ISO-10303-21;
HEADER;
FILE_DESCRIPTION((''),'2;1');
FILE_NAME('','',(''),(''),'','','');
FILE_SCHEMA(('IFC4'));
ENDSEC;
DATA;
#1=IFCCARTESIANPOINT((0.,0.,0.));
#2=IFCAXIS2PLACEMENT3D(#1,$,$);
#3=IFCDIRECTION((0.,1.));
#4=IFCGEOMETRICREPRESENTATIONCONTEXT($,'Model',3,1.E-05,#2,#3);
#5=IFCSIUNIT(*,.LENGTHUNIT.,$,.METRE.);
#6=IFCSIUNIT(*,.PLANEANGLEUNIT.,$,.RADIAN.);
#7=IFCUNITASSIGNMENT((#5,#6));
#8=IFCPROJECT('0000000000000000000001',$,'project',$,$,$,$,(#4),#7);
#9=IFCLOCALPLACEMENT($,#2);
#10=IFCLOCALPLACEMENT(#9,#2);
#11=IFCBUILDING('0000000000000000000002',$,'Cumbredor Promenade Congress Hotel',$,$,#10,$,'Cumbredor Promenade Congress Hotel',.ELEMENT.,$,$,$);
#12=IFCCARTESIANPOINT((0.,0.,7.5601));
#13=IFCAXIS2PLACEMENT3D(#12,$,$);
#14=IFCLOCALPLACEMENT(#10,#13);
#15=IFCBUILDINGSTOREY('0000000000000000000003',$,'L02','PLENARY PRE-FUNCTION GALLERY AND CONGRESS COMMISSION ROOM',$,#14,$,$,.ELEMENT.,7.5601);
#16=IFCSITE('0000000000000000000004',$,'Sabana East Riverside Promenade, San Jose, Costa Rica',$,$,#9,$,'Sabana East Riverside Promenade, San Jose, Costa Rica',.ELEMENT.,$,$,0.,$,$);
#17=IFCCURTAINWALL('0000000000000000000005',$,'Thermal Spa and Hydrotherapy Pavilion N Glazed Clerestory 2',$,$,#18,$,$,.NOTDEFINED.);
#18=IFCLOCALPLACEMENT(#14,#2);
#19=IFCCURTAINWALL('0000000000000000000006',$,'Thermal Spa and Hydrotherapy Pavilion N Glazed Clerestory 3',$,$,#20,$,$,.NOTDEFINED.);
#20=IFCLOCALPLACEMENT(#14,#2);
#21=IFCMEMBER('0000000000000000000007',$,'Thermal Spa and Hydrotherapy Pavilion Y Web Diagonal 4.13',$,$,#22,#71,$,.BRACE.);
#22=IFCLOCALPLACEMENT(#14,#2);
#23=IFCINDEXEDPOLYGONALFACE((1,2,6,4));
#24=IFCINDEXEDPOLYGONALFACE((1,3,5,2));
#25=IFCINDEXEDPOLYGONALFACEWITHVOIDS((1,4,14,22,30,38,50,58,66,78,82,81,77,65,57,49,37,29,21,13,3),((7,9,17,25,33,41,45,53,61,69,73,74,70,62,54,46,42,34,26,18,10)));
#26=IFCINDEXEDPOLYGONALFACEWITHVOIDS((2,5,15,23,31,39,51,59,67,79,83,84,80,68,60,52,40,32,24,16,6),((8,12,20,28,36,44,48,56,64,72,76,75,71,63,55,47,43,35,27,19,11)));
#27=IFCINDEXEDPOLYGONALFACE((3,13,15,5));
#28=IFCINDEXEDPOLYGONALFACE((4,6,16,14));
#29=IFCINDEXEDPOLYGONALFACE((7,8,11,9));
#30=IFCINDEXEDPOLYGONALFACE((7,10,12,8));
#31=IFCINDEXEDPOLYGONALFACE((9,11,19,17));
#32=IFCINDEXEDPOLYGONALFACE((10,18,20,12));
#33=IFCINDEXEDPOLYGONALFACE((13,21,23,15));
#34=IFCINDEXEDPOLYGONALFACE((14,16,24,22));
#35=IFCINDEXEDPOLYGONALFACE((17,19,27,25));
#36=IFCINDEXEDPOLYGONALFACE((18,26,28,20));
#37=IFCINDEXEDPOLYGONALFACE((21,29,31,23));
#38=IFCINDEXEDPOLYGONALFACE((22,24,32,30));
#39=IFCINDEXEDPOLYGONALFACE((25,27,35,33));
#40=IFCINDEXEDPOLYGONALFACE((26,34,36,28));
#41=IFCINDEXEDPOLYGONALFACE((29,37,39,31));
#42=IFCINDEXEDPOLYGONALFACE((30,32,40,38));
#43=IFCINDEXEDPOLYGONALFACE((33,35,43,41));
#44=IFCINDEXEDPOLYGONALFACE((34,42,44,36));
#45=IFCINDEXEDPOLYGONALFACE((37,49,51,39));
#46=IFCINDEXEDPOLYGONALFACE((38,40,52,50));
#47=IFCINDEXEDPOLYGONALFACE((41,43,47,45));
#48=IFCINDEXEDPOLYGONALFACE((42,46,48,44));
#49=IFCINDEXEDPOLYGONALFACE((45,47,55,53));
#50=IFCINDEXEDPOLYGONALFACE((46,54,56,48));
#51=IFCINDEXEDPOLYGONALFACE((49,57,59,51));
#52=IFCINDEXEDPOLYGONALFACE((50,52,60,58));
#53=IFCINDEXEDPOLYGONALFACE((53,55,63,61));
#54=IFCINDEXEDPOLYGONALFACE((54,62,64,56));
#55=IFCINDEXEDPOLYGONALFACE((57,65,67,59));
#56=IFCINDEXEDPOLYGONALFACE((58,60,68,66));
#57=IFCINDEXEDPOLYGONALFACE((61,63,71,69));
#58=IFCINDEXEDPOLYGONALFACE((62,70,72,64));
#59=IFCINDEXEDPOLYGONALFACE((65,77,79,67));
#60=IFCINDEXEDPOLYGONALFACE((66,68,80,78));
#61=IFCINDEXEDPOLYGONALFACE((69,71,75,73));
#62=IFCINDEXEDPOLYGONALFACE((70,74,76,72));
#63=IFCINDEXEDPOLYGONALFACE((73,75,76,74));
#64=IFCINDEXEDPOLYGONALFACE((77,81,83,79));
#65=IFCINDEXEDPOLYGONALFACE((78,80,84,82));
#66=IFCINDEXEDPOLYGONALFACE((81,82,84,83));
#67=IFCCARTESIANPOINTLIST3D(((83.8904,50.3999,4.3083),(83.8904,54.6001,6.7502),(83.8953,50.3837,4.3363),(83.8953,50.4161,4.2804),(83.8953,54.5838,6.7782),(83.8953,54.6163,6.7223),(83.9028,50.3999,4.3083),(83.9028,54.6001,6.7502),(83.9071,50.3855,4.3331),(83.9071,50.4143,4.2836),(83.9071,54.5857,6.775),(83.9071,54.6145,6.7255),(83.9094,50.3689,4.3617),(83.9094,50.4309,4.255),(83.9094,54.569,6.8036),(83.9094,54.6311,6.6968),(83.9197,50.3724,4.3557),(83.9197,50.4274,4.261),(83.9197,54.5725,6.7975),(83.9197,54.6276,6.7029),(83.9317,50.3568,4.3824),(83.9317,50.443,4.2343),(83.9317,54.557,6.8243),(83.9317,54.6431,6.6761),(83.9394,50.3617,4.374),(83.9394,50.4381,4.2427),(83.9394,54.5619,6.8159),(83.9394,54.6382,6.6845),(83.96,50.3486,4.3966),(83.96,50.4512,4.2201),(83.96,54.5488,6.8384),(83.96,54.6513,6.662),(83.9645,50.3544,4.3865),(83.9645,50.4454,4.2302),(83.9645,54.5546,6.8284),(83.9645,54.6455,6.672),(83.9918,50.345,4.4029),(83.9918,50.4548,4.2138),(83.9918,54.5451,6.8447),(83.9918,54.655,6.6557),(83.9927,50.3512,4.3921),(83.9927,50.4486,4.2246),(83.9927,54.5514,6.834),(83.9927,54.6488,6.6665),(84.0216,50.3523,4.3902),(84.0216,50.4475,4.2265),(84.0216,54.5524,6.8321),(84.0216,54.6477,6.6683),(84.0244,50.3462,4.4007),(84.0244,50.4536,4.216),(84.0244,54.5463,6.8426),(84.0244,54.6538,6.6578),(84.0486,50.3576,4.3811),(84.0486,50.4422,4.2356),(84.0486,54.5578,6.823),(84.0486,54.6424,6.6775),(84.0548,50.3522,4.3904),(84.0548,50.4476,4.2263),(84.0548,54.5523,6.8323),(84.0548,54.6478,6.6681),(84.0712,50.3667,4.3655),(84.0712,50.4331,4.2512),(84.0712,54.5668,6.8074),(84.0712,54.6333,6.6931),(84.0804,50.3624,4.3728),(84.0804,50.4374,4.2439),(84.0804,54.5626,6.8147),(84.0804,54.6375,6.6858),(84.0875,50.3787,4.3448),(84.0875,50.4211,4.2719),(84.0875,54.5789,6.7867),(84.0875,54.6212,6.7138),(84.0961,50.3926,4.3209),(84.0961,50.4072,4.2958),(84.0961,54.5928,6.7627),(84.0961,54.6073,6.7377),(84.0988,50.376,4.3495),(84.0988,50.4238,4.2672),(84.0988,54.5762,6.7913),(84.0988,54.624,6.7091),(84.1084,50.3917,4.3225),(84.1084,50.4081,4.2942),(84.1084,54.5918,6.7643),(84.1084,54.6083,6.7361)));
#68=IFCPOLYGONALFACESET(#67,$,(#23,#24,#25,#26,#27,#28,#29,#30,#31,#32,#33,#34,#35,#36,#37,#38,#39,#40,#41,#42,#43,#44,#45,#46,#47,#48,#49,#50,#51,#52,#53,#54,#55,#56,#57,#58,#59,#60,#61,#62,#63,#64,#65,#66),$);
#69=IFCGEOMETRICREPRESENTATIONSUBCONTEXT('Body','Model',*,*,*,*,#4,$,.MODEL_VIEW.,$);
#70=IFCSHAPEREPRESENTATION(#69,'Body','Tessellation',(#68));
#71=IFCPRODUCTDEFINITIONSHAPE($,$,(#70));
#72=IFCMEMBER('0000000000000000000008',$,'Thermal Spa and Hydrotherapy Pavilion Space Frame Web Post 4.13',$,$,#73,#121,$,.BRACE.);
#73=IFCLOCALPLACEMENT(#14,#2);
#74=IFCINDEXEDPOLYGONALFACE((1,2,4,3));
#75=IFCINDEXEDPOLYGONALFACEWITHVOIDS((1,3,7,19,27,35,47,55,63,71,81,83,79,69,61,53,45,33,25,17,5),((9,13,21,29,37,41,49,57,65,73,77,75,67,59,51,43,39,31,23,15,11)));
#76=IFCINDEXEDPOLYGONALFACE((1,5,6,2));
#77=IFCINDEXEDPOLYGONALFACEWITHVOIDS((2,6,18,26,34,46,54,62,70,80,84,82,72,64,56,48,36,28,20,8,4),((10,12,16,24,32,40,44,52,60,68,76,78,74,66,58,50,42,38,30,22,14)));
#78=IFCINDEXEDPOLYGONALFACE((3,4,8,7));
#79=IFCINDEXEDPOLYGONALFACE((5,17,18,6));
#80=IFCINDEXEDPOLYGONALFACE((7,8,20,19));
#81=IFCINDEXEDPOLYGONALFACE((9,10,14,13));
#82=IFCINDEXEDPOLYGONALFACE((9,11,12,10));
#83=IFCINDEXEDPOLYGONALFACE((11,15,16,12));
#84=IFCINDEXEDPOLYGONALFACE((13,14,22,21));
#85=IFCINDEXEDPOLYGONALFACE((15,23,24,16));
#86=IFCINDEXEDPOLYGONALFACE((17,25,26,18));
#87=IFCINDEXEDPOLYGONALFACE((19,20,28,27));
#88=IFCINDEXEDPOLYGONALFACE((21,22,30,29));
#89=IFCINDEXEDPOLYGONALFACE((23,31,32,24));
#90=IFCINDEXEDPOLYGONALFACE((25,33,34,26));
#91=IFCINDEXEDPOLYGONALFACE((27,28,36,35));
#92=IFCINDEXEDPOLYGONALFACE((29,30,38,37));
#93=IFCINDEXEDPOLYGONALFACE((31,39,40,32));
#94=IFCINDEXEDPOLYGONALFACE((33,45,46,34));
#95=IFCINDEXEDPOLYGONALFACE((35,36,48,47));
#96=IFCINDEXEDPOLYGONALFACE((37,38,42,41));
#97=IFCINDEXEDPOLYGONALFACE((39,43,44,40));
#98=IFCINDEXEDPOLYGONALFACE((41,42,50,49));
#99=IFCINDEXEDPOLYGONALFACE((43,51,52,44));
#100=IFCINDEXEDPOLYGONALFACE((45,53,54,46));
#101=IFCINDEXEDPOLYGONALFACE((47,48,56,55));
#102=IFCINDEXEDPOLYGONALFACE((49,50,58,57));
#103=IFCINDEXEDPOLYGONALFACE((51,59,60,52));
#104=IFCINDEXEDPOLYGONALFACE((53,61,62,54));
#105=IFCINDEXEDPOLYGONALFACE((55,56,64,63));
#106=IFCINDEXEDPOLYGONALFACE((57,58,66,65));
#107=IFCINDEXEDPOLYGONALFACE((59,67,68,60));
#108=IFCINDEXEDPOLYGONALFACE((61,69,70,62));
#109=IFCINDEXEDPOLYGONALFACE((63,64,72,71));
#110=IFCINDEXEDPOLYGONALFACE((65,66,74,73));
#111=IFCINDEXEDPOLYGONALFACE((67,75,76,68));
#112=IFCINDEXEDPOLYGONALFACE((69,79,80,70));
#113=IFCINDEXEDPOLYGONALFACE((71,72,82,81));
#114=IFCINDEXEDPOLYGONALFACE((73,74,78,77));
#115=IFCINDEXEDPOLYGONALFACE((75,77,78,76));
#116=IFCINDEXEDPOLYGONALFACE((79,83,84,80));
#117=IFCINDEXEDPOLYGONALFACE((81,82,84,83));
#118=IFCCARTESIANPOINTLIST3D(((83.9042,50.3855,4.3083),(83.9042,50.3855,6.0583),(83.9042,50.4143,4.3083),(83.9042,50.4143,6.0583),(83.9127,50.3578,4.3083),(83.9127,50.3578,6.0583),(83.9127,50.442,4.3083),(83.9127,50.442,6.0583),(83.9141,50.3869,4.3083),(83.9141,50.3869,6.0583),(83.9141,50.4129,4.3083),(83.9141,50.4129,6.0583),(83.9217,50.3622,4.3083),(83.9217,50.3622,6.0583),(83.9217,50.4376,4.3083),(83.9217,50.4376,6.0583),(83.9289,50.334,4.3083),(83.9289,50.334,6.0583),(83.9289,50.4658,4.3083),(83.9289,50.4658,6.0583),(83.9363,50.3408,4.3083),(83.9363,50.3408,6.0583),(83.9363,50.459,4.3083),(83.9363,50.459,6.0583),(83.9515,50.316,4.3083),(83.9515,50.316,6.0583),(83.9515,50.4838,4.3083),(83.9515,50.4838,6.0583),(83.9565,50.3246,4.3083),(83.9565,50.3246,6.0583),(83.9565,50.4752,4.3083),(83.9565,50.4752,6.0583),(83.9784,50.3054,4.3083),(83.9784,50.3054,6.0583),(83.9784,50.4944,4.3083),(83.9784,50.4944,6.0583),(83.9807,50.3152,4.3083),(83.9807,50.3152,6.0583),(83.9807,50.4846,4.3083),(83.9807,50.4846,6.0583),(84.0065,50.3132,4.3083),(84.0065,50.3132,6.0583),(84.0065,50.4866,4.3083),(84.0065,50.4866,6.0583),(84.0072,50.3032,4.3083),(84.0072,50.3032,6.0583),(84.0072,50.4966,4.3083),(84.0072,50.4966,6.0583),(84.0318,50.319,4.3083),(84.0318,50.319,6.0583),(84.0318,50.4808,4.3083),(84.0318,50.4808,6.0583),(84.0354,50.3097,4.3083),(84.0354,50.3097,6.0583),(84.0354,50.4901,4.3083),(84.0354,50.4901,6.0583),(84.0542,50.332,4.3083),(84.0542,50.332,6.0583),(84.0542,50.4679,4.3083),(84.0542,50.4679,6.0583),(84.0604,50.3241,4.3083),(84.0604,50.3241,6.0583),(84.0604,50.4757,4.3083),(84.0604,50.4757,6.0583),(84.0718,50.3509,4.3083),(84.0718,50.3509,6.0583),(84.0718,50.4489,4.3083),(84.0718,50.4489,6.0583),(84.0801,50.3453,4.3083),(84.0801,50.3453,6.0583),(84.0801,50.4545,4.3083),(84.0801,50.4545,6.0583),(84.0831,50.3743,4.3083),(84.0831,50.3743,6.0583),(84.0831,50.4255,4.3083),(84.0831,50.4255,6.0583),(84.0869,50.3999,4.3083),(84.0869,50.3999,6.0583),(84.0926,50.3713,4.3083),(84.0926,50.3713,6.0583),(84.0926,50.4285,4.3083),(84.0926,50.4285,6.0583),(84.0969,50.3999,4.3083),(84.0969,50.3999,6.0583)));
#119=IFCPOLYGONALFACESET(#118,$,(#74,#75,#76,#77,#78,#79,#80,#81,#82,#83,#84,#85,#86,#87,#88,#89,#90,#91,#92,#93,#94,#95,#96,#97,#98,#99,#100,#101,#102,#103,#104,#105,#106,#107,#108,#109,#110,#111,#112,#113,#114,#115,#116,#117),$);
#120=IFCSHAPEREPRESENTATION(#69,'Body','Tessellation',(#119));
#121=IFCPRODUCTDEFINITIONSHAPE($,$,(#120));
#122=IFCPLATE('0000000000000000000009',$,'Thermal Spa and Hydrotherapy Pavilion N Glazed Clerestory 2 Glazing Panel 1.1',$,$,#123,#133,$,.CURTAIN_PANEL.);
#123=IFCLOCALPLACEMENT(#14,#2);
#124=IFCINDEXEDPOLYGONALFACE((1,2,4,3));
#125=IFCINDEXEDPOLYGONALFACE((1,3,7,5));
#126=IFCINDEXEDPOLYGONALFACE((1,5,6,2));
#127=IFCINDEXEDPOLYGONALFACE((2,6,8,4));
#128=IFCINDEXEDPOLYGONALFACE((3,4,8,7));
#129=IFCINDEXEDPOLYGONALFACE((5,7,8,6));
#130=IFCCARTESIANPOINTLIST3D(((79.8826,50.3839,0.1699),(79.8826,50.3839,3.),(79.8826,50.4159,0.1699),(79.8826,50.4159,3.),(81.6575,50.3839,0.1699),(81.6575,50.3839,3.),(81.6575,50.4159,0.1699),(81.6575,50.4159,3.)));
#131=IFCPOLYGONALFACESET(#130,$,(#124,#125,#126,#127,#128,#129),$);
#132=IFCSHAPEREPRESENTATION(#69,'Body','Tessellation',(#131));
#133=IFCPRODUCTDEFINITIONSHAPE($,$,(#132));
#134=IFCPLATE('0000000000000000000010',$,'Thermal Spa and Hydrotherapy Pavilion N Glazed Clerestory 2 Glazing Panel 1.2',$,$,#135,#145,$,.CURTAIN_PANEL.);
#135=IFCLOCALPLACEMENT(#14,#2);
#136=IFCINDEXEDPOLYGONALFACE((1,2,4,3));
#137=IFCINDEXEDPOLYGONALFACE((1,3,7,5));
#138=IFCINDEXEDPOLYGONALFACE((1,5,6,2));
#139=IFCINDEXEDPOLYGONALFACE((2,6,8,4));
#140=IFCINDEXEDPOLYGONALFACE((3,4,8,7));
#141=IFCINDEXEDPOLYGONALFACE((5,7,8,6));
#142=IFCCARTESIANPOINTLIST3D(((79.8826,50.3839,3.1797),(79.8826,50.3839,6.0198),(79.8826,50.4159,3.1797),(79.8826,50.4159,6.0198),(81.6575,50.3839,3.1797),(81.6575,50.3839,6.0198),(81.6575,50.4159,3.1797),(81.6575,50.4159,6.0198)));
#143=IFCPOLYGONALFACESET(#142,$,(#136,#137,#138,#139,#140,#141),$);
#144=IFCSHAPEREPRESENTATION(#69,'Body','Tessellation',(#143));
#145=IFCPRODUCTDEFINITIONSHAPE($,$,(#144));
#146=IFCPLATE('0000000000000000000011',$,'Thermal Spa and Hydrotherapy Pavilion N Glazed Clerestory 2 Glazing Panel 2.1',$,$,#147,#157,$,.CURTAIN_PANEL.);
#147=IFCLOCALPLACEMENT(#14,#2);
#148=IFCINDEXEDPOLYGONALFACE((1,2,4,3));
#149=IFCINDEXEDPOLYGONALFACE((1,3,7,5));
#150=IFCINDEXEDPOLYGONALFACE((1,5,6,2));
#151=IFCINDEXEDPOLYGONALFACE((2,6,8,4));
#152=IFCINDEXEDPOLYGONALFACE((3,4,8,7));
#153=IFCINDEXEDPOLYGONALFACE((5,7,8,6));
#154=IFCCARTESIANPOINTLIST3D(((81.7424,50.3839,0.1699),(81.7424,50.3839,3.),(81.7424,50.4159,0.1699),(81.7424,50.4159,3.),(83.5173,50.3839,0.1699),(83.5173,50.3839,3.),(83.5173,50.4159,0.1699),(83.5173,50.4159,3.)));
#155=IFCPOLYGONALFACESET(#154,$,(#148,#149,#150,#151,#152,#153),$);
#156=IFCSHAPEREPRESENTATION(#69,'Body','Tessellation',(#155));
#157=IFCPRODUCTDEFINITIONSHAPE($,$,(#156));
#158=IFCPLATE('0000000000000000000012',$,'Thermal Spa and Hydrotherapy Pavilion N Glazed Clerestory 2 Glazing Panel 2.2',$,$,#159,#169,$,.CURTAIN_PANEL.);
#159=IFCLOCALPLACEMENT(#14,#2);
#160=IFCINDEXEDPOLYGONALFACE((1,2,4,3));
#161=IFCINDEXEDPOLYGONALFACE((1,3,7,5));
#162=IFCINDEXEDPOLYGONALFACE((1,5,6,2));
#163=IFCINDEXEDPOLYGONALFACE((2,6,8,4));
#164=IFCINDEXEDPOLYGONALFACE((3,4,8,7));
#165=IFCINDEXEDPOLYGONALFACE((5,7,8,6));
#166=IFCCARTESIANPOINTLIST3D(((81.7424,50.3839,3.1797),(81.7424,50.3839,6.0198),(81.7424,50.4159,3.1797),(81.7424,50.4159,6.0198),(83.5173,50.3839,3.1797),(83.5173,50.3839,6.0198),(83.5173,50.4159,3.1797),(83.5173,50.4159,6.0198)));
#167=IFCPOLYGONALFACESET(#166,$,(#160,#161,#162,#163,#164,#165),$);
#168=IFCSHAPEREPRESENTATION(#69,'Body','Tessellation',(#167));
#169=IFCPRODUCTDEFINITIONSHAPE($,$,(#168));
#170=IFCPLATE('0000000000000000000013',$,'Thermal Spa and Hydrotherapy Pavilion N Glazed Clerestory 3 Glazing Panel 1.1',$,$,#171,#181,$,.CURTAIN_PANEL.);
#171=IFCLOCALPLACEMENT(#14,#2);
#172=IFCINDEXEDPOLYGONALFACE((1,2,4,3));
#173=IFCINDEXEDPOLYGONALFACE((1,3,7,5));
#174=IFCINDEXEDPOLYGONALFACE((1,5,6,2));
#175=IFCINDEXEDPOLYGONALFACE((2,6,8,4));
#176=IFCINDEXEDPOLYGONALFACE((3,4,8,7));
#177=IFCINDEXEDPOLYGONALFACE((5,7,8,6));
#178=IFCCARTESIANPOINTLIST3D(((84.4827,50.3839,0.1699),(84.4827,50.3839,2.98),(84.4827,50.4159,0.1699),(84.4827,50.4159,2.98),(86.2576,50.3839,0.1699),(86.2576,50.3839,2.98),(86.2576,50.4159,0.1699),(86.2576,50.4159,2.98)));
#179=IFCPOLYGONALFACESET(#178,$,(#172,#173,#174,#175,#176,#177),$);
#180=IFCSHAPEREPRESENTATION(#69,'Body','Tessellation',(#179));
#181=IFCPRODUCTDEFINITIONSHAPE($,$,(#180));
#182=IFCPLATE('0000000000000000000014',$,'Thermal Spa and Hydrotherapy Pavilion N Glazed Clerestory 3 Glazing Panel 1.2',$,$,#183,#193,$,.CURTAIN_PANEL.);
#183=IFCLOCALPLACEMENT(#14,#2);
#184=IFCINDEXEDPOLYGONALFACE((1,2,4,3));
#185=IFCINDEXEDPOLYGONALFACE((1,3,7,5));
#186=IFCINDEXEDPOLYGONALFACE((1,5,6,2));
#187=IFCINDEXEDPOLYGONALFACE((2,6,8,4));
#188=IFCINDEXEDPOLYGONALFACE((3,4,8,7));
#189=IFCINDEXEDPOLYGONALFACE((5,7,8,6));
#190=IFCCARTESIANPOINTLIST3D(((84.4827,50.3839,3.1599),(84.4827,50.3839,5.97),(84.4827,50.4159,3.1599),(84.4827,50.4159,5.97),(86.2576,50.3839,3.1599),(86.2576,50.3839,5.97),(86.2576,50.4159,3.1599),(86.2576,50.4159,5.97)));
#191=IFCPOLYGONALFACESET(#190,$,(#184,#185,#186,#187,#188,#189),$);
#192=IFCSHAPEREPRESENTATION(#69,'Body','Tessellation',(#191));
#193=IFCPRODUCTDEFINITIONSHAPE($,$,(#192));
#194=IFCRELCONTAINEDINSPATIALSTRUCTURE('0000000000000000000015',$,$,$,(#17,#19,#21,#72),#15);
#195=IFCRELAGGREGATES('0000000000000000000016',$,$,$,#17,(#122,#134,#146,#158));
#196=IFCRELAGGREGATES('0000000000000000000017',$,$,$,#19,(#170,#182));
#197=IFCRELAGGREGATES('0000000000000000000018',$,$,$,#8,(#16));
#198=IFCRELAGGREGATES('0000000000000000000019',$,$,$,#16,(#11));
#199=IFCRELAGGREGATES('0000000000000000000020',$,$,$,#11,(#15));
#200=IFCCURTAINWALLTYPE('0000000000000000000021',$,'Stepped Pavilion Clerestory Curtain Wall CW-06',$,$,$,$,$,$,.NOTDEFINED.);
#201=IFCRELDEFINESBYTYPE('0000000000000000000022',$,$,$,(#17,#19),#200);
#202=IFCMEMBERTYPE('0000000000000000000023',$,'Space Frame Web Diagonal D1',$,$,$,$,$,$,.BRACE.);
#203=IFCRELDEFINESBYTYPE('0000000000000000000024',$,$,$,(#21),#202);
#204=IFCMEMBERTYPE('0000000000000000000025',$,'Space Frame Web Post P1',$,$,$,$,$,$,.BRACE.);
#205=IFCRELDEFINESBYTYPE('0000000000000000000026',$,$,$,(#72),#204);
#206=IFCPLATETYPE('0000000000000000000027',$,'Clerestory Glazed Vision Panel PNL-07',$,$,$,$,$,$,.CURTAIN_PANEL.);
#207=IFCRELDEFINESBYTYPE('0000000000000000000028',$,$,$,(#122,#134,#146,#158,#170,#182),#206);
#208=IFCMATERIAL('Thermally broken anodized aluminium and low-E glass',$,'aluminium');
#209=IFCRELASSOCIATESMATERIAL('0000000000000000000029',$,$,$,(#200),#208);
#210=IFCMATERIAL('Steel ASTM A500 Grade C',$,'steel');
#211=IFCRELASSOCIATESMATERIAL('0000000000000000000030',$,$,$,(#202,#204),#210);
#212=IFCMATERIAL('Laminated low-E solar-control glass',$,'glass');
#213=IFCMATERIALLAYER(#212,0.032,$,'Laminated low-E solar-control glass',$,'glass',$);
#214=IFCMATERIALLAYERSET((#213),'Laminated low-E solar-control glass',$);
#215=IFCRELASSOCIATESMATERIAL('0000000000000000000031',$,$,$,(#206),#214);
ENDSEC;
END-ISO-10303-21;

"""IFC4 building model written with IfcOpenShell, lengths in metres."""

from ifc_helpers import new_model, si_unit, direction, frame, origin, origin_2d, place, context, subcontext, project, spatial, rectangle, hollow_circle, extrude, material, layer, layer_set, material_profile, profile_set, type_object, element, aggregate, save


model = new_model("IFC4")

# Units and contexts
model_context = context("Model", 3, precision=1e-05, world=origin(), true_north=direction((0.0, 1.0)))
body_context = subcontext(model_context, "Body", "Model", "MODEL_VIEW")
ifc_project = project(units=[si_unit("LENGTHUNIT", "METRE"), si_unit("PLANEANGLEUNIT", "RADIAN")], contexts=[model_context])

# Site, building, storey
site_placement = place(None, origin())
site = spatial("IfcSite", under=ifc_project, at=site_placement, Name="Sabana East Riverside Promenade, San Jose, Costa Rica", LongName="Sabana East Riverside Promenade, San Jose, Costa Rica", CompositionType="ELEMENT", RefElevation=0.0)
building_placement = place(site_placement, origin())
building = spatial("IfcBuilding", under=site, at=building_placement, Name="Cumbredor Promenade Congress Hotel", LongName="Cumbredor Promenade Congress Hotel", CompositionType="ELEMENT")
storey_placement = place(building_placement, frame((0.0, 0.0, 7.5601)))
storey = spatial("IfcBuildingStorey", under=building, at=storey_placement, Name="L02", Description="PLENARY PRE-FUNCTION GALLERY AND CONGRESS COMMISSION ROOM", CompositionType="ELEMENT", Elevation=7.5601)

# Curtain walls
ifc_material_1 = material(Name="Thermally broken anodized aluminium and low-E glass", Category="aluminium")
curtain_wall_type = type_object("IfcCurtainWallType", Name="Stepped Pavilion Clerestory Curtain Wall CW-06", PredefinedType="NOTDEFINED", material=ifc_material_1)
curtain_wall_1_placement = place(storey_placement, origin())
curtain_wall_1 = element("IfcCurtainWall", 1, at=curtain_wall_1_placement, inside=storey, type_object=curtain_wall_type, Name="Thermal Spa and Hydrotherapy Pavilion N Glazed Clerestory 2", PredefinedType="NOTDEFINED")
curtain_wall_2_placement = place(storey_placement, origin())
curtain_wall_2 = element("IfcCurtainWall", 2, at=curtain_wall_2_placement, inside=storey, type_object=curtain_wall_type, Name="Thermal Spa and Hydrotherapy Pavilion N Glazed Clerestory 3", PredefinedType="NOTDEFINED")

# Members
ifc_material_2 = material(Name="Steel ASTM A500 Grade C", Category="steel")
ifc_material_profile_1 = material_profile(ifc_material_2, hollow_circle(Radius=0.1096, WallThickness=0.0125, at=origin_2d()), Name="CHS 219.1x12.5")
ifc_profile_set_1 = profile_set([ifc_material_profile_1], Name="Steel ASTM A500 Grade C")
member_type_1 = type_object("IfcMemberType", Name="Space Frame Web Diagonal D1", PredefinedType="BRACE", material=ifc_profile_set_1)
member_1_placement = place(storey_placement, frame((84.0, 50.3999, 4.3083), z_axis=(0.0, 0.864514, 0.502608), x_axis=(-1.0, 0.0, 0.0)))
element("IfcMember", 3, at=member_1_placement, inside=storey, type_object=member_type_1, Name="Thermal Spa and Hydrotherapy Pavilion Y Web Diagonal 4.13", PredefinedType="BRACE", context=body_context, shape_type="SweptSolid", body=[
    extrude(hollow_circle(Radius=0.1096, WallThickness=0.0125, at=origin_2d()), origin(), (0.0, 0.0, 1.0), 4.8584),
])
ifc_material_profile_2 = material_profile(ifc_material_2, hollow_circle(Radius=0.0969, WallThickness=0.01, at=origin_2d()), Name="CHS 193.7x10")
ifc_profile_set_2 = profile_set([ifc_material_profile_2], Name="Steel ASTM A500 Grade C")
member_type_2 = type_object("IfcMemberType", Name="Space Frame Web Post P1", PredefinedType="BRACE", material=ifc_profile_set_2)
member_2_placement = place(storey_placement, frame((84.0, 50.3999, 4.3083), z_axis=(0.0, 0.0, 1.0), x_axis=(1.0, 0.0, 0.0)))
element("IfcMember", 4, at=member_2_placement, inside=storey, type_object=member_type_2, Name="Thermal Spa and Hydrotherapy Pavilion Space Frame Web Post 4.13", PredefinedType="BRACE", context=body_context, shape_type="SweptSolid", body=[
    extrude(hollow_circle(Radius=0.0969, WallThickness=0.01, at=origin_2d()), origin(), (0.0, 0.0, 1.0), 1.75),
])

# Plates
ifc_material_3 = material(Name="Laminated low-E solar-control glass", Category="glass")
ifc_layer_1 = layer(ifc_material_3, 0.032, Name="Laminated low-E solar-control glass", Category="glass")
ifc_layer_set_1 = layer_set([ifc_layer_1], Name="Laminated low-E solar-control glass")
plate_type_1 = type_object("IfcPlateType", Name="Clerestory Glazed Vision Panel PNL-07", PredefinedType="CURTAIN_PANEL", material=ifc_layer_set_1)
plate_1_placement = place(storey_placement, frame((80.77, 50.3999, 0.1699), z_axis=(0.0, 0.0, 1.0), x_axis=(1.0, 0.0, 0.0)))
plate_1 = element("IfcPlate", 5, at=plate_1_placement, type_object=plate_type_1, Name="Thermal Spa and Hydrotherapy Pavilion N Glazed Clerestory 2 Glazing Panel 1.1", PredefinedType="CURTAIN_PANEL", context=body_context, shape_type="SweptSolid", body=[
    extrude(rectangle(XDim=1.7749, YDim=0.032, at=origin_2d()), origin(), (0.0, 0.0, 1.0), 2.8301),
])
plate_2_placement = place(storey_placement, frame((80.77, 50.3999, 3.1797), z_axis=(0.0, 0.0, 1.0), x_axis=(1.0, 0.0, 0.0)))
plate_2 = element("IfcPlate", 6, at=plate_2_placement, type_object=plate_type_1, Name="Thermal Spa and Hydrotherapy Pavilion N Glazed Clerestory 2 Glazing Panel 1.2", PredefinedType="CURTAIN_PANEL", context=body_context, shape_type="SweptSolid", body=[
    extrude(rectangle(XDim=1.7749, YDim=0.032, at=origin_2d()), origin(), (0.0, 0.0, 1.0), 2.8401),
])
plate_3_placement = place(storey_placement, frame((82.6299, 50.3999, 0.1699), z_axis=(0.0, 0.0, 1.0), x_axis=(1.0, 0.0, 0.0)))
plate_3 = element("IfcPlate", 7, at=plate_3_placement, type_object=plate_type_1, Name="Thermal Spa and Hydrotherapy Pavilion N Glazed Clerestory 2 Glazing Panel 2.1", PredefinedType="CURTAIN_PANEL", context=body_context, shape_type="SweptSolid", body=[
    extrude(rectangle(XDim=1.7749, YDim=0.032, at=origin_2d()), origin(), (0.0, 0.0, 1.0), 2.8301),
])
plate_4_placement = place(storey_placement, frame((82.6299, 50.3999, 3.1797), z_axis=(0.0, 0.0, 1.0), x_axis=(1.0, 0.0, 0.0)))
plate_4 = element("IfcPlate", 8, at=plate_4_placement, type_object=plate_type_1, Name="Thermal Spa and Hydrotherapy Pavilion N Glazed Clerestory 2 Glazing Panel 2.2", PredefinedType="CURTAIN_PANEL", context=body_context, shape_type="SweptSolid", body=[
    extrude(rectangle(XDim=1.7749, YDim=0.032, at=origin_2d()), origin(), (0.0, 0.0, 1.0), 2.8401),
])
aggregate(curtain_wall_1, [plate_1, plate_2, plate_3, plate_4])
plate_5_placement = place(storey_placement, frame((85.3701, 50.3999, 0.1699), z_axis=(0.0, 0.0, 1.0), x_axis=(1.0, 0.0, 0.0)))
plate_5 = element("IfcPlate", 9, at=plate_5_placement, type_object=plate_type_1, Name="Thermal Spa and Hydrotherapy Pavilion N Glazed Clerestory 3 Glazing Panel 1.1", PredefinedType="CURTAIN_PANEL", context=body_context, shape_type="SweptSolid", body=[
    extrude(rectangle(XDim=1.7749, YDim=0.032, at=origin_2d()), origin(), (0.0, 0.0, 1.0), 2.8101),
])
plate_6_placement = place(storey_placement, frame((85.3701, 50.3999, 3.1599), z_axis=(0.0, 0.0, 1.0), x_axis=(1.0, 0.0, 0.0)))
plate_6 = element("IfcPlate", 10, at=plate_6_placement, type_object=plate_type_1, Name="Thermal Spa and Hydrotherapy Pavilion N Glazed Clerestory 3 Glazing Panel 1.2", PredefinedType="CURTAIN_PANEL", context=body_context, shape_type="SweptSolid", body=[
    extrude(rectangle(XDim=1.7749, YDim=0.032, at=origin_2d()), origin(), (0.0, 0.0, 1.0), 2.8101),
])
aggregate(curtain_wall_2, [plate_5, plate_6])

save(model, "model.ifc")
